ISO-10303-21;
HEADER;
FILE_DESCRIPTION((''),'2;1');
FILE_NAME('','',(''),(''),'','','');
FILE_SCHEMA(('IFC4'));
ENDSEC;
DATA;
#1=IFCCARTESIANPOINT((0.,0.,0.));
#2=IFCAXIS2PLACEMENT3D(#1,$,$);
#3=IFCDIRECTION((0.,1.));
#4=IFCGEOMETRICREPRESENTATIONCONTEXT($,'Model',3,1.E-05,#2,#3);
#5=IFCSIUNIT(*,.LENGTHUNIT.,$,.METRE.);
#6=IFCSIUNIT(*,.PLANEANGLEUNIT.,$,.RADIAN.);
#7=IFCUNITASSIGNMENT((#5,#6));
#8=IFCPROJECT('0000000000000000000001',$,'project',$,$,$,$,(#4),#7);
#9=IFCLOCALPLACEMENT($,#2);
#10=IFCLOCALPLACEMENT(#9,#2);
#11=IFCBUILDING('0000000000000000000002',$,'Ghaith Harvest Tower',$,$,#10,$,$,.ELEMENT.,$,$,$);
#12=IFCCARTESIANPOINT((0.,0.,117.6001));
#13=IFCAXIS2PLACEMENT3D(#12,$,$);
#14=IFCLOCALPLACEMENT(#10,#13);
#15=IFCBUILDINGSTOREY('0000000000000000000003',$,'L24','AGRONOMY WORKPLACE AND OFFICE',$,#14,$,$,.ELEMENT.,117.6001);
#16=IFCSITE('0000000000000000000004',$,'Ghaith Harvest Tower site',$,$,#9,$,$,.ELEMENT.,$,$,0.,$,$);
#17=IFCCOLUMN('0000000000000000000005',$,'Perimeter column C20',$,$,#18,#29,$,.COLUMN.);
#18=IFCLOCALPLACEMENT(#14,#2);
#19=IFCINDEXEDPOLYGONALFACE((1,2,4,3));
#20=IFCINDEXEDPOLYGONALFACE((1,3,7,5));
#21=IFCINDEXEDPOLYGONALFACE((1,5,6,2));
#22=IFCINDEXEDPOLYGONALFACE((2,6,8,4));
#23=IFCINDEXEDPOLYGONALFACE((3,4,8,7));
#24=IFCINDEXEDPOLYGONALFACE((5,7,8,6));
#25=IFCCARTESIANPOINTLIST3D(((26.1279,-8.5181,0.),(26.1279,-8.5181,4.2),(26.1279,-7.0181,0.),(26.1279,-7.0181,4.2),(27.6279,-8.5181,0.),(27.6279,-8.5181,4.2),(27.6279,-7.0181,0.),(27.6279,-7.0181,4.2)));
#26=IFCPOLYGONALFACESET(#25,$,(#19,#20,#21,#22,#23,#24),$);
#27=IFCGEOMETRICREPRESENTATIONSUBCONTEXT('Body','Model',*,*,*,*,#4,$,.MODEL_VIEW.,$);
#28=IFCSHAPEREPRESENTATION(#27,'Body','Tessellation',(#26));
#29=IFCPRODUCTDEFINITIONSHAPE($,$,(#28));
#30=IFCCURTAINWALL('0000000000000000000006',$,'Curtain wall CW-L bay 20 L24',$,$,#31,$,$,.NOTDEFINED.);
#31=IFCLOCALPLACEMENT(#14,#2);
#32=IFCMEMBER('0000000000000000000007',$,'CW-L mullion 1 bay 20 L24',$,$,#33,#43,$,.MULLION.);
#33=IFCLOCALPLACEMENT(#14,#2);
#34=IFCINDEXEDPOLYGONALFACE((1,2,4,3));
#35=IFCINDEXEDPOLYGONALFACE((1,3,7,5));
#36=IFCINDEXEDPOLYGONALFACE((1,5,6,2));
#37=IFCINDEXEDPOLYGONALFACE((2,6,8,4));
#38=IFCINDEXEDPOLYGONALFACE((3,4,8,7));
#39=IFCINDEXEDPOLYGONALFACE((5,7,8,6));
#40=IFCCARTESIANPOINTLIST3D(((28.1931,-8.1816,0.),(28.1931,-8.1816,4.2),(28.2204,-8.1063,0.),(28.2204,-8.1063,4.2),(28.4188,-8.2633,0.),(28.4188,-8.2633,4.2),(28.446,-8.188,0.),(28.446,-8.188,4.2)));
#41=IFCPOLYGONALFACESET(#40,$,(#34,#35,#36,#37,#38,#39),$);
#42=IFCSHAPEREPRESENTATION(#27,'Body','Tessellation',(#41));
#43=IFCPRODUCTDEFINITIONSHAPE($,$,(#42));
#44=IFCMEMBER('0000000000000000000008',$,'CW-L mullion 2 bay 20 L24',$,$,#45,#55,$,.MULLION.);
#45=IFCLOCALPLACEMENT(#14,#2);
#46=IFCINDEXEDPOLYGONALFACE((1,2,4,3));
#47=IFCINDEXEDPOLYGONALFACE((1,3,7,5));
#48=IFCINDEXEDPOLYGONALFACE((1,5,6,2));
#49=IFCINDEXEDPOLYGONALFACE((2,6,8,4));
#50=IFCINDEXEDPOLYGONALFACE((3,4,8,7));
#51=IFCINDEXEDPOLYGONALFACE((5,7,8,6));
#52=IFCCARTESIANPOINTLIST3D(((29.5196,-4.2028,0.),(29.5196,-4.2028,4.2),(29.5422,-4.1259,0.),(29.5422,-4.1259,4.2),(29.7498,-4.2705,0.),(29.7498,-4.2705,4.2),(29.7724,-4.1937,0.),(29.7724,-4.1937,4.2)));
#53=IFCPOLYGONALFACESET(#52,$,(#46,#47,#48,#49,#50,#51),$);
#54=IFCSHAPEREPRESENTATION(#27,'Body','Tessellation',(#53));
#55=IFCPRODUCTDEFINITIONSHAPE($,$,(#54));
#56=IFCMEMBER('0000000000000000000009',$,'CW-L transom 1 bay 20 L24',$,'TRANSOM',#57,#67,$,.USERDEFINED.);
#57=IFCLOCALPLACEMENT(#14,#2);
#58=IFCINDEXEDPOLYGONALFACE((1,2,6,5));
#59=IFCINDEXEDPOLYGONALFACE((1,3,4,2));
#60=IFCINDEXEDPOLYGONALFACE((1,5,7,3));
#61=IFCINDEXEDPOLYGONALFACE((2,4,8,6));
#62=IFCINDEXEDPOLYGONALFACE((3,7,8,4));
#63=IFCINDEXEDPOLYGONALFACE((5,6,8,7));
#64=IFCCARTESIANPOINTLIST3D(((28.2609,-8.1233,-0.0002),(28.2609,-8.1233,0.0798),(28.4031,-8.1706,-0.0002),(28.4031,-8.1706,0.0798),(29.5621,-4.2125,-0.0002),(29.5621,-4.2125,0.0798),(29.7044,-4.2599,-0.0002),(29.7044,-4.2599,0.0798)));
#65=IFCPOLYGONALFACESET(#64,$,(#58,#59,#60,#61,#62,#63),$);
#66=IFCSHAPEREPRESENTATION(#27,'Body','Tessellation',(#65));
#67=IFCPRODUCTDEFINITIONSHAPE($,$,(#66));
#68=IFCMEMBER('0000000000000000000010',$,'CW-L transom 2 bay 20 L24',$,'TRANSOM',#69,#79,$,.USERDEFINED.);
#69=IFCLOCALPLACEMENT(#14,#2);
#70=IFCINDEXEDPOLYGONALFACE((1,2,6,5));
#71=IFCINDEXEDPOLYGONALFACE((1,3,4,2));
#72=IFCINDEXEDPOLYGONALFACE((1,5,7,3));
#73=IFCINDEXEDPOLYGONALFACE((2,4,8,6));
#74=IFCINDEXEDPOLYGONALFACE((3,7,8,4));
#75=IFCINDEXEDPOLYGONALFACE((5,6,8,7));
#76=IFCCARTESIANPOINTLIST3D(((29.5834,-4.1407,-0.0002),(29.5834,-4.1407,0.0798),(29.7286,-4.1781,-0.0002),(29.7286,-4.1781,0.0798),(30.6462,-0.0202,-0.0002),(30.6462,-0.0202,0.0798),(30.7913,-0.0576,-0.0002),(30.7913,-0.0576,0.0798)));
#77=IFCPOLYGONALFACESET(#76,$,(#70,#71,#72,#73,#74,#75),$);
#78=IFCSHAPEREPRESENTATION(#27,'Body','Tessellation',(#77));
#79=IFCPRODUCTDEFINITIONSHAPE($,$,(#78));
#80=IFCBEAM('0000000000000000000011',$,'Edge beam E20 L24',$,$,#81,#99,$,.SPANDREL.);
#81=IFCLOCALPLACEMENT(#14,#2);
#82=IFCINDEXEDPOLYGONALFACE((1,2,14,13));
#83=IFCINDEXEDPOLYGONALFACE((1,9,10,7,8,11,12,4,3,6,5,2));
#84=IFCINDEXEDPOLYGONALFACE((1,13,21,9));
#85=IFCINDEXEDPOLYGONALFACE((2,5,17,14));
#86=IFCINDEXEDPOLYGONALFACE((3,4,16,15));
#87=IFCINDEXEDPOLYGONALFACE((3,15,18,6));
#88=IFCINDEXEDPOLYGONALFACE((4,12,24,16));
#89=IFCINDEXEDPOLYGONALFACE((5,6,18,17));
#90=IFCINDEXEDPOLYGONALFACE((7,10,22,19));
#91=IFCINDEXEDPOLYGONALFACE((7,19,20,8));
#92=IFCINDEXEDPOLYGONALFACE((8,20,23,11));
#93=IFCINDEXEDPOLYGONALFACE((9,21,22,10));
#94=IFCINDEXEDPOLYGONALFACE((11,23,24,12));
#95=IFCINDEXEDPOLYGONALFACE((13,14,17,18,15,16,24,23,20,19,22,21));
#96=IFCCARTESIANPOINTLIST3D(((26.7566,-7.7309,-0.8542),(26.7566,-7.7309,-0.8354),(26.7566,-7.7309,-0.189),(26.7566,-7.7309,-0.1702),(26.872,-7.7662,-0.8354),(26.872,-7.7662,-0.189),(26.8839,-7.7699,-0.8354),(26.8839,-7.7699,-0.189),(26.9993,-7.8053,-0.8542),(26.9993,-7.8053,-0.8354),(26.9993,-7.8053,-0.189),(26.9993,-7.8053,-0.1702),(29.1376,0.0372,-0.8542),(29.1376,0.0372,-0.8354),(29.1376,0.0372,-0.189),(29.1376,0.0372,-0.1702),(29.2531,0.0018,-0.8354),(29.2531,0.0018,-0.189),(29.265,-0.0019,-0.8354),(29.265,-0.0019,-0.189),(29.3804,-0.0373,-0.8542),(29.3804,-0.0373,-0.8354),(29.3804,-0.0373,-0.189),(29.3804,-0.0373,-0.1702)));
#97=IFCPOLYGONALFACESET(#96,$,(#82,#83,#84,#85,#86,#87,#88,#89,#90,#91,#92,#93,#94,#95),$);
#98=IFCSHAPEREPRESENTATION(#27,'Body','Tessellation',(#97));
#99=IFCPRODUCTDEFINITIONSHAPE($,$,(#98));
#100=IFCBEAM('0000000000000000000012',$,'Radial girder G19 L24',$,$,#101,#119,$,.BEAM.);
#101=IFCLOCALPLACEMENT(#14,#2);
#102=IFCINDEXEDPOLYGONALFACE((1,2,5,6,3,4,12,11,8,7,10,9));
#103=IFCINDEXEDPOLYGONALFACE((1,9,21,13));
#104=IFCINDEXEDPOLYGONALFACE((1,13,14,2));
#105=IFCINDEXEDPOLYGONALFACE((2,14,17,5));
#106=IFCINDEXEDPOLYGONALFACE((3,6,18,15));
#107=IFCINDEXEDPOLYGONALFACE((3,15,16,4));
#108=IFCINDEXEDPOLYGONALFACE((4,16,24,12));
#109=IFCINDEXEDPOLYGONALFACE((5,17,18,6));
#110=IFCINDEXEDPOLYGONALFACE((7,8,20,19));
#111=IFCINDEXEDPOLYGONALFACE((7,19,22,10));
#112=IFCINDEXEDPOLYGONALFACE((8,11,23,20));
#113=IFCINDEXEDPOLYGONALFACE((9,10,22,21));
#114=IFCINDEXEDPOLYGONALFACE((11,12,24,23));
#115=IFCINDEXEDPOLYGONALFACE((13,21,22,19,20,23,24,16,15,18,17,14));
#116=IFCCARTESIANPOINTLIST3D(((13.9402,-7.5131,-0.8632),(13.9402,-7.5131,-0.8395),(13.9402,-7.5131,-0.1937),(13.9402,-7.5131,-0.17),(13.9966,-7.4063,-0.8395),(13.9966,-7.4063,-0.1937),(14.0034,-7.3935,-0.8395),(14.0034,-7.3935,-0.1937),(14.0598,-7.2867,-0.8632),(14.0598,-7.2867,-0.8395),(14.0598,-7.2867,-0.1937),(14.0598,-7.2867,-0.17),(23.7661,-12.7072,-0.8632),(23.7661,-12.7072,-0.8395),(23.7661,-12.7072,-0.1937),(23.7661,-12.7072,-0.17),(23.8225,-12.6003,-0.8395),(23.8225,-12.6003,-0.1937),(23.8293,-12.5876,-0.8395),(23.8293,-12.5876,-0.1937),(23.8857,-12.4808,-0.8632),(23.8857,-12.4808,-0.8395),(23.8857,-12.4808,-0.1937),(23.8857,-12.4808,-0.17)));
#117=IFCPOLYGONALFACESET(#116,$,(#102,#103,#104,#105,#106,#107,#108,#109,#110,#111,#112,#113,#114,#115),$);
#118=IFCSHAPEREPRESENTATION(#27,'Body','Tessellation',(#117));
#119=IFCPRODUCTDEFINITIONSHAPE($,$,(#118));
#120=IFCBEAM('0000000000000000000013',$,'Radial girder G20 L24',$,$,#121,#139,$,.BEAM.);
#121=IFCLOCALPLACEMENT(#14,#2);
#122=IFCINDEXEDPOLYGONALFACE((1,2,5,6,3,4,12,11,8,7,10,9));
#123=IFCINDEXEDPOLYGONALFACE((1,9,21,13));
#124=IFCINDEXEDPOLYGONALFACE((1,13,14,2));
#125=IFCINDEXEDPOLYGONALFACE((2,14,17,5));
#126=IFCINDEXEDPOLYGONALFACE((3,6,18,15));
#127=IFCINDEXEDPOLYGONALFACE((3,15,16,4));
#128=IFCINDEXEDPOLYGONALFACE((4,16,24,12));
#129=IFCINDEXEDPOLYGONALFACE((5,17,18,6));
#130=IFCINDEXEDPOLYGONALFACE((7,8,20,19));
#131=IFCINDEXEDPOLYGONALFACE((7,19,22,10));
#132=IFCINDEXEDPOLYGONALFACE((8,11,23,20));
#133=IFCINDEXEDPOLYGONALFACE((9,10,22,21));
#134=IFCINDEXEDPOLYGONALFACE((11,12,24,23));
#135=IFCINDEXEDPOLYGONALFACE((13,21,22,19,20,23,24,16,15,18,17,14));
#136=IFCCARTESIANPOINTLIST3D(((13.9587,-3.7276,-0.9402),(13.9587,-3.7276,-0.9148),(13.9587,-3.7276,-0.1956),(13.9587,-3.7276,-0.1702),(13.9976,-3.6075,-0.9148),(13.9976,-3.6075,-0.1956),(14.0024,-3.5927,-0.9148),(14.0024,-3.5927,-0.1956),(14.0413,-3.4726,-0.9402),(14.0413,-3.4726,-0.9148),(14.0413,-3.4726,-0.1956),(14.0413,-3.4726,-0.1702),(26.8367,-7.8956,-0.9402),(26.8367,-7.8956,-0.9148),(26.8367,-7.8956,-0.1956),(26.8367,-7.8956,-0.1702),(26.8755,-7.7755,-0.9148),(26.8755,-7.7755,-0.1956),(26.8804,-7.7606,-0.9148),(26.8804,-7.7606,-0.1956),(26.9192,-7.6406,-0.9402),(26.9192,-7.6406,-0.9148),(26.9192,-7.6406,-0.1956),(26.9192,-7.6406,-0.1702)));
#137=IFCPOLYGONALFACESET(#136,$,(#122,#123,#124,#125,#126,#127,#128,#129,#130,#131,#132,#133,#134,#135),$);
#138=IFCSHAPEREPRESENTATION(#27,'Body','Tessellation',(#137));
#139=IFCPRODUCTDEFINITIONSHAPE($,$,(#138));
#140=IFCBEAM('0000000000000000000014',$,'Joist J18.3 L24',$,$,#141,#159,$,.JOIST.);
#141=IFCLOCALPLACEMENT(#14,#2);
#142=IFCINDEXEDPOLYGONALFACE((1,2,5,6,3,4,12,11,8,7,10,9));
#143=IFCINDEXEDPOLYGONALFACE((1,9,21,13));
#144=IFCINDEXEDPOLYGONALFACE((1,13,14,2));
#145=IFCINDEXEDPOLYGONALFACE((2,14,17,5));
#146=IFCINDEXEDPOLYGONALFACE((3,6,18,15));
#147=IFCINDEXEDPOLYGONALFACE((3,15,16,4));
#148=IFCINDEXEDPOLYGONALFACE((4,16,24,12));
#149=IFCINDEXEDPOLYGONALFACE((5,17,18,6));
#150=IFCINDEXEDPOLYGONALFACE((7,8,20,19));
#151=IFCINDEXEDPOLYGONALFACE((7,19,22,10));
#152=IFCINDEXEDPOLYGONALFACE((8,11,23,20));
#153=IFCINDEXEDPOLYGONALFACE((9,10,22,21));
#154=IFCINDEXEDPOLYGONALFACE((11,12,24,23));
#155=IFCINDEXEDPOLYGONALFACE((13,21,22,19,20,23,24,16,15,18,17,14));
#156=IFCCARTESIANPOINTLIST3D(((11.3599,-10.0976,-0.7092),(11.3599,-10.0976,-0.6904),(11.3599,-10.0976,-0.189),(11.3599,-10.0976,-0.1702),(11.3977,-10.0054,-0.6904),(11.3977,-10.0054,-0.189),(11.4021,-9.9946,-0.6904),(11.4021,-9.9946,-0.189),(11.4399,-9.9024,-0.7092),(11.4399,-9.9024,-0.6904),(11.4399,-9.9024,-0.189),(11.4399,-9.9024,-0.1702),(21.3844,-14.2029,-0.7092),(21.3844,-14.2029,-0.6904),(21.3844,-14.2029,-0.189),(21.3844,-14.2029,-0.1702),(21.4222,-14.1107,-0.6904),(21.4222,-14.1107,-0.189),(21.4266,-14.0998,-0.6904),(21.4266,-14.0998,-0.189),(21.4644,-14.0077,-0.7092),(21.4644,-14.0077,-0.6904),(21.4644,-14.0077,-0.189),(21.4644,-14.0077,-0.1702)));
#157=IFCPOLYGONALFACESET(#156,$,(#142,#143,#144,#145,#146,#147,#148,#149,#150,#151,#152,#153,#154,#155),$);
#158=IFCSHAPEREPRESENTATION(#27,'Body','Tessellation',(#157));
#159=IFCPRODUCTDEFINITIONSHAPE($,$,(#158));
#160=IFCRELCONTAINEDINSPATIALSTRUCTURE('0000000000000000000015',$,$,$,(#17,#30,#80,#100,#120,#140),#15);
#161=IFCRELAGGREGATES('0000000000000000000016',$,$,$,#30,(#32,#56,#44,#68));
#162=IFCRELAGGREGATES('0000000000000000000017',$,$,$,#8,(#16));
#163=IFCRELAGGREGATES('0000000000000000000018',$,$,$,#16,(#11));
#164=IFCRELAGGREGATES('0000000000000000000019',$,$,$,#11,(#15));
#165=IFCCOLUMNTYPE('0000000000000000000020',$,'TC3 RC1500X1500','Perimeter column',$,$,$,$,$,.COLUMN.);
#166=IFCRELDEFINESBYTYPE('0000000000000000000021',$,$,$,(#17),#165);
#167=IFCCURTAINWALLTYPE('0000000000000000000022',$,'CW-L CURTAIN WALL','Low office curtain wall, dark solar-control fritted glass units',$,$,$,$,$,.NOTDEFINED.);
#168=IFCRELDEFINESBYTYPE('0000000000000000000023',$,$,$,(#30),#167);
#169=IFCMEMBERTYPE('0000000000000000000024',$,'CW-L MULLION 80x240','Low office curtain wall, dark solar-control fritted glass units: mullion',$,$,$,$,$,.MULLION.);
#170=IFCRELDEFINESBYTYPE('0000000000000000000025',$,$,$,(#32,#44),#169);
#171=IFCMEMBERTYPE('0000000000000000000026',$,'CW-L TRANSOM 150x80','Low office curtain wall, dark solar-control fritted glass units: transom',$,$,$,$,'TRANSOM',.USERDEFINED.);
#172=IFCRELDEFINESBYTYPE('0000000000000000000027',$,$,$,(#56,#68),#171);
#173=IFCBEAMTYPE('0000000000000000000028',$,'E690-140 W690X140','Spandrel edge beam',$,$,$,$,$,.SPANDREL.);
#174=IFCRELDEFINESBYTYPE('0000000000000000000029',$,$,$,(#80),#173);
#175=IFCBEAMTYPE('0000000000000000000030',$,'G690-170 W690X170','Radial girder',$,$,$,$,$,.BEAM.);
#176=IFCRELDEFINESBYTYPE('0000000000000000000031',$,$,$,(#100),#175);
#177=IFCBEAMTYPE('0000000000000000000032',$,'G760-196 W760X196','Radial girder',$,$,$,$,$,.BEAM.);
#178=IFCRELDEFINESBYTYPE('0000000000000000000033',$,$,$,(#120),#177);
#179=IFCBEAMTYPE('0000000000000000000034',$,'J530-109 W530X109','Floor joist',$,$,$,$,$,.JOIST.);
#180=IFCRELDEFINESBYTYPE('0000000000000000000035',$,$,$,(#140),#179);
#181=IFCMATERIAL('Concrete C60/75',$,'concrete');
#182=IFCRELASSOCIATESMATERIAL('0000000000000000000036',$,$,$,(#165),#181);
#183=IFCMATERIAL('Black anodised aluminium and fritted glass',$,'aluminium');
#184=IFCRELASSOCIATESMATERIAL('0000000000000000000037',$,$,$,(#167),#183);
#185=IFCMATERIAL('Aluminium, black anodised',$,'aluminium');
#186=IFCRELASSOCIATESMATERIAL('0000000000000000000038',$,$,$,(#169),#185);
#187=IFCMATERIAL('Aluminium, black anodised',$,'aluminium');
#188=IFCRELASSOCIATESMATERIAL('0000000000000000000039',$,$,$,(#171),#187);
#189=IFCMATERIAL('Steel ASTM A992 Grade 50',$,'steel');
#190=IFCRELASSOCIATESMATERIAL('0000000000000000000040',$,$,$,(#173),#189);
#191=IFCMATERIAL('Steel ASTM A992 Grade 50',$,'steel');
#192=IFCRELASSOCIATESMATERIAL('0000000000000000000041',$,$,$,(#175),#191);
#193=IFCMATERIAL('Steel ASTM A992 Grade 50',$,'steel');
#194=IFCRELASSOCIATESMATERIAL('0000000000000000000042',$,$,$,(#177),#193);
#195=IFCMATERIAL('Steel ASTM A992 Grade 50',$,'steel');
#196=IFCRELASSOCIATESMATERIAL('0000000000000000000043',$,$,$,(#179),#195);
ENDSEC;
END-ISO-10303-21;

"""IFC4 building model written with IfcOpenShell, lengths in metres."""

from ifc_helpers import new_model, si_unit, direction, frame, origin, origin_2d, place, context, subcontext, project, spatial, rectangle, i_section, extrude, material, material_profile, profile_set, type_object, element, aggregate, save


model = new_model("IFC4")

# Units and contexts
model_context = context("Model", 3, precision=1e-05, world=origin(), true_north=direction((0.0, 1.0)))
body_context = subcontext(model_context, "Body", "Model", "MODEL_VIEW")
ifc_project = project(units=[si_unit("LENGTHUNIT", "METRE"), si_unit("PLANEANGLEUNIT", "RADIAN")], contexts=[model_context])

# Site, building, storey
site_placement = place(None, origin())
site = spatial("IfcSite", under=ifc_project, at=site_placement, Name="Ghaith Harvest Tower site", CompositionType="ELEMENT", RefElevation=0.0)
building_placement = place(site_placement, origin())
building = spatial("IfcBuilding", under=site, at=building_placement, Name="Ghaith Harvest Tower", CompositionType="ELEMENT")
storey_placement = place(building_placement, frame((0.0, 0.0, 117.6001)))
storey = spatial("IfcBuildingStorey", under=building, at=storey_placement, Name="L24", Description="AGRONOMY WORKPLACE AND OFFICE", CompositionType="ELEMENT", Elevation=117.6001)

# Column
ifc_material_1 = material(Name="Concrete C60/75", Category="concrete")
ifc_material_profile_1 = material_profile(ifc_material_1, rectangle(XDim=1.5, YDim=1.5, at=origin_2d()), Name="RC1500X1500")
ifc_profile_set_1 = profile_set([ifc_material_profile_1], Name="Concrete C60/75")
column_type = type_object("IfcColumnType", Name="TC3 RC1500X1500", Description="Perimeter column", PredefinedType="COLUMN", material=ifc_profile_set_1)
column_placement = place(storey_placement, frame((26.8779, -7.7681, 0.0), z_axis=(0.0, 0.0, 1.0), x_axis=(1.0, 0.0, 0.0)))
element("IfcColumn", 1, at=column_placement, inside=storey, type_object=column_type, Name="Perimeter column C20", PredefinedType="COLUMN", context=body_context, shape_type="SweptSolid", body=[
    extrude(rectangle(XDim=1.5, YDim=1.5, at=origin_2d()), origin(), (0.0, 0.0, 1.0), 4.2),
])

# Curtain wall, members
ifc_material_2 = material(Name="Black anodised aluminium and fritted glass", Category="aluminium")
curtain_wall_type = type_object("IfcCurtainWallType", Name="CW-L CURTAIN WALL", Description="Low office curtain wall, dark solar-control fritted glass units", PredefinedType="NOTDEFINED", material=ifc_material_2)
curtain_wall_1_placement = place(storey_placement, origin())
curtain_wall_1 = element("IfcCurtainWall", 2, at=curtain_wall_1_placement, inside=storey, type_object=curtain_wall_type, Name="Curtain wall CW-L bay 20 L24", PredefinedType="NOTDEFINED")
ifc_material_3 = material(Name="Aluminium, black anodised", Category="aluminium")
ifc_material_profile_2 = material_profile(ifc_material_3, rectangle(XDim=0.0801, YDim=0.24, at=origin_2d()), Name="CW-L MULLION 80x240")
ifc_profile_set_2 = profile_set([ifc_material_profile_2], Name="Aluminium, black anodised")
member_type_1 = type_object("IfcMemberType", Name="CW-L MULLION 80x240", Description="Low office curtain wall, dark solar-control fritted glass units: mullion", PredefinedType="MULLION", material=ifc_profile_set_2)
member_1_placement = place(storey_placement, frame((28.3196, -8.1848, 0.0), z_axis=(0.0, 0.0, 1.0), x_axis=(0.340574, 0.940218, 0.0)))
member_1 = element("IfcMember", 3, at=member_1_placement, type_object=member_type_1, Name="CW-L mullion 1 bay 20 L24", PredefinedType="MULLION", context=body_context, shape_type="SweptSolid", body=[
    extrude(rectangle(XDim=0.0801, YDim=0.24, at=origin_2d()), origin(), (0.0, 0.0, 1.0), 4.2),
])
member_2_placement = place(storey_placement, frame((29.646, -4.1982, 0.0), z_axis=(0.0, 0.0, 1.0), x_axis=(0.282375, 0.959304, 0.0)))
member_2 = element("IfcMember", 4, at=member_2_placement, type_object=member_type_1, Name="CW-L mullion 2 bay 20 L24", PredefinedType="MULLION", context=body_context, shape_type="SweptSolid", body=[
    extrude(rectangle(XDim=0.0801, YDim=0.24, at=origin_2d()), origin(), (0.0, 0.0, 1.0), 4.2),
])
ifc_material_4 = material(Name="Aluminium, black anodised", Category="aluminium")
ifc_material_profile_3 = material_profile(ifc_material_4, rectangle(XDim=0.1499, YDim=0.0801, at=origin_2d()), Name="CW-L TRANSOM 150x80")
ifc_profile_set_3 = profile_set([ifc_material_profile_3], Name="Aluminium, black anodised")
member_type_2 = type_object("IfcMemberType", Name="CW-L TRANSOM 150x80", Description="Low office curtain wall, dark solar-control fritted glass units: transom", ElementType="TRANSOM", PredefinedType="USERDEFINED", material=ifc_profile_set_3)
member_3_placement = place(storey_placement, frame((28.332, -8.147, 0.0398), z_axis=(0.315712, 0.948855, 0.0), x_axis=(-0.948855, 0.315712, 0.0)))
member_3 = element("IfcMember", 5, at=member_3_placement, type_object=member_type_2, Name="CW-L transom 1 bay 20 L24", ObjectType="TRANSOM", PredefinedType="USERDEFINED", context=body_context, shape_type="SweptSolid", body=[
    extrude(rectangle(XDim=0.1499, YDim=0.0801, at=origin_2d()), origin(), (0.0, 0.0, 1.0), 4.1216),
])
member_4_placement = place(storey_placement, frame((29.656, -4.1594, 0.0398), z_axis=(0.249737, 0.968314, 0.0), x_axis=(-0.968314, 0.249737, 0.0)))
member_4 = element("IfcMember", 6, at=member_4_placement, type_object=member_type_2, Name="CW-L transom 2 bay 20 L24", ObjectType="TRANSOM", PredefinedType="USERDEFINED", context=body_context, shape_type="SweptSolid", body=[
    extrude(rectangle(XDim=0.1499, YDim=0.0801, at=origin_2d()), origin(), (0.0, 0.0, 1.0), 4.2554),
])

# Beams
ifc_material_5 = material(Name="Steel ASTM A992 Grade 50", Category="steel")
ifc_material_profile_4 = material_profile(ifc_material_5, i_section(OverallWidth=0.2539, OverallDepth=0.6841, WebThickness=0.0125, FlangeThickness=0.0188, at=origin_2d()), Name="W690X140")
ifc_profile_set_4 = profile_set([ifc_material_profile_4], Name="Steel ASTM A992 Grade 50")
beam_type_1 = type_object("IfcBeamType", Name="E690-140 W690X140", Description="Spandrel edge beam", PredefinedType="SPANDREL", material=ifc_profile_set_4)
beam_1_placement = place(storey_placement, frame((26.8779, -7.7681, -0.5122), z_axis=(0.293066, 0.956092, 0.0), x_axis=(-0.956092, 0.293066, 0.0)))
element("IfcBeam", 7, at=beam_1_placement, inside=storey, type_object=beam_type_1, Name="Edge beam E20 L24", PredefinedType="SPANDREL", context=body_context, shape_type="SweptSolid", body=[
    extrude(i_section(OverallWidth=0.2539, OverallDepth=0.6841, WebThickness=0.0125, FlangeThickness=0.0188, at=origin_2d()), origin(), (0.0, 0.0, 1.0), 8.1248),
])
ifc_material_6 = material(Name="Steel ASTM A992 Grade 50", Category="steel")
ifc_material_profile_5 = material_profile(ifc_material_6, i_section(OverallWidth=0.2561, OverallDepth=0.6931, WebThickness=0.0144, FlangeThickness=0.0237, at=origin_2d()), Name="W690X170")
ifc_profile_set_5 = profile_set([ifc_material_profile_5], Name="Steel ASTM A992 Grade 50")
beam_type_2 = type_object("IfcBeamType", Name="G690-170 W690X170", Description="Radial girder", PredefinedType="BEAM", material=ifc_profile_set_5)
beam_2_placement = place(storey_placement, frame((14.0, -7.3999, -0.5166), z_axis=(0.884081, -0.467335, 0.0), x_axis=(0.467335, 0.884081, 0.0)))
element("IfcBeam", 8, at=beam_2_placement, inside=storey, type_object=beam_type_2, Name="Radial girder G19 L24", PredefinedType="BEAM", context=body_context, shape_type="SweptSolid", body=[
    extrude(i_section(OverallWidth=0.2561, OverallDepth=0.6931, WebThickness=0.0144, FlangeThickness=0.0237, at=origin_2d()), origin(), (0.0, 0.0, 1.0), 11.1143),
])
ifc_material_7 = material(Name="Steel ASTM A992 Grade 50", Category="steel")
ifc_material_profile_6 = material_profile(ifc_material_7, i_section(OverallWidth=0.2681, OverallDepth=0.77, WebThickness=0.0156, FlangeThickness=0.0254, at=origin_2d()), Name="W760X196")
ifc_profile_set_6 = profile_set([ifc_material_profile_6], Name="Steel ASTM A992 Grade 50")
beam_type_3 = type_object("IfcBeamType", Name="G760-196 W760X196", Description="Radial girder", PredefinedType="BEAM", material=ifc_profile_set_6)
beam_3_placement = place(storey_placement, frame((14.0, -3.6001, -0.5552), z_axis=(0.95141, -0.307926, 0.0), x_axis=(0.307926, 0.95141, 0.0)))
element("IfcBeam", 9, at=beam_3_placement, inside=storey, type_object=beam_type_3, Name="Radial girder G20 L24", PredefinedType="BEAM", context=body_context, shape_type="SweptSolid", body=[
    extrude(i_section(OverallWidth=0.2681, OverallDepth=0.77, WebThickness=0.0156, FlangeThickness=0.0254, at=origin_2d()), origin(), (0.0, 0.0, 1.0), 13.5356),
])
ifc_material_8 = material(Name="Steel ASTM A992 Grade 50", Category="steel")
ifc_material_profile_7 = material_profile(ifc_material_8, i_section(OverallWidth=0.2109, OverallDepth=0.5391, WebThickness=0.0117, FlangeThickness=0.0188, at=origin_2d()), Name="W530X109")
ifc_profile_set_7 = profile_set([ifc_material_profile_7], Name="Steel ASTM A992 Grade 50")
beam_type_4 = type_object("IfcBeamType", Name="J530-109 W530X109", Description="Floor joist", PredefinedType="JOIST", material=ifc_profile_set_7)
beam_4_placement = place(storey_placement, frame((11.3999, -10.0, -0.4397), z_axis=(0.925407, -0.378975, 0.0), x_axis=(0.378975, 0.925407, 0.0)))
element("IfcBeam", 10, at=beam_4_placement, inside=storey, type_object=beam_type_4, Name="Joist J18.3 L24", PredefinedType="JOIST", context=body_context, shape_type="SweptSolid", body=[
    extrude(i_section(OverallWidth=0.2109, OverallDepth=0.5391, WebThickness=0.0117, FlangeThickness=0.0188, at=origin_2d()), origin(), (0.0, 0.0, 1.0), 10.8325),
])

aggregate(curtain_wall_1, [member_1, member_3, member_2, member_4])

save(model, "model.ifc")
